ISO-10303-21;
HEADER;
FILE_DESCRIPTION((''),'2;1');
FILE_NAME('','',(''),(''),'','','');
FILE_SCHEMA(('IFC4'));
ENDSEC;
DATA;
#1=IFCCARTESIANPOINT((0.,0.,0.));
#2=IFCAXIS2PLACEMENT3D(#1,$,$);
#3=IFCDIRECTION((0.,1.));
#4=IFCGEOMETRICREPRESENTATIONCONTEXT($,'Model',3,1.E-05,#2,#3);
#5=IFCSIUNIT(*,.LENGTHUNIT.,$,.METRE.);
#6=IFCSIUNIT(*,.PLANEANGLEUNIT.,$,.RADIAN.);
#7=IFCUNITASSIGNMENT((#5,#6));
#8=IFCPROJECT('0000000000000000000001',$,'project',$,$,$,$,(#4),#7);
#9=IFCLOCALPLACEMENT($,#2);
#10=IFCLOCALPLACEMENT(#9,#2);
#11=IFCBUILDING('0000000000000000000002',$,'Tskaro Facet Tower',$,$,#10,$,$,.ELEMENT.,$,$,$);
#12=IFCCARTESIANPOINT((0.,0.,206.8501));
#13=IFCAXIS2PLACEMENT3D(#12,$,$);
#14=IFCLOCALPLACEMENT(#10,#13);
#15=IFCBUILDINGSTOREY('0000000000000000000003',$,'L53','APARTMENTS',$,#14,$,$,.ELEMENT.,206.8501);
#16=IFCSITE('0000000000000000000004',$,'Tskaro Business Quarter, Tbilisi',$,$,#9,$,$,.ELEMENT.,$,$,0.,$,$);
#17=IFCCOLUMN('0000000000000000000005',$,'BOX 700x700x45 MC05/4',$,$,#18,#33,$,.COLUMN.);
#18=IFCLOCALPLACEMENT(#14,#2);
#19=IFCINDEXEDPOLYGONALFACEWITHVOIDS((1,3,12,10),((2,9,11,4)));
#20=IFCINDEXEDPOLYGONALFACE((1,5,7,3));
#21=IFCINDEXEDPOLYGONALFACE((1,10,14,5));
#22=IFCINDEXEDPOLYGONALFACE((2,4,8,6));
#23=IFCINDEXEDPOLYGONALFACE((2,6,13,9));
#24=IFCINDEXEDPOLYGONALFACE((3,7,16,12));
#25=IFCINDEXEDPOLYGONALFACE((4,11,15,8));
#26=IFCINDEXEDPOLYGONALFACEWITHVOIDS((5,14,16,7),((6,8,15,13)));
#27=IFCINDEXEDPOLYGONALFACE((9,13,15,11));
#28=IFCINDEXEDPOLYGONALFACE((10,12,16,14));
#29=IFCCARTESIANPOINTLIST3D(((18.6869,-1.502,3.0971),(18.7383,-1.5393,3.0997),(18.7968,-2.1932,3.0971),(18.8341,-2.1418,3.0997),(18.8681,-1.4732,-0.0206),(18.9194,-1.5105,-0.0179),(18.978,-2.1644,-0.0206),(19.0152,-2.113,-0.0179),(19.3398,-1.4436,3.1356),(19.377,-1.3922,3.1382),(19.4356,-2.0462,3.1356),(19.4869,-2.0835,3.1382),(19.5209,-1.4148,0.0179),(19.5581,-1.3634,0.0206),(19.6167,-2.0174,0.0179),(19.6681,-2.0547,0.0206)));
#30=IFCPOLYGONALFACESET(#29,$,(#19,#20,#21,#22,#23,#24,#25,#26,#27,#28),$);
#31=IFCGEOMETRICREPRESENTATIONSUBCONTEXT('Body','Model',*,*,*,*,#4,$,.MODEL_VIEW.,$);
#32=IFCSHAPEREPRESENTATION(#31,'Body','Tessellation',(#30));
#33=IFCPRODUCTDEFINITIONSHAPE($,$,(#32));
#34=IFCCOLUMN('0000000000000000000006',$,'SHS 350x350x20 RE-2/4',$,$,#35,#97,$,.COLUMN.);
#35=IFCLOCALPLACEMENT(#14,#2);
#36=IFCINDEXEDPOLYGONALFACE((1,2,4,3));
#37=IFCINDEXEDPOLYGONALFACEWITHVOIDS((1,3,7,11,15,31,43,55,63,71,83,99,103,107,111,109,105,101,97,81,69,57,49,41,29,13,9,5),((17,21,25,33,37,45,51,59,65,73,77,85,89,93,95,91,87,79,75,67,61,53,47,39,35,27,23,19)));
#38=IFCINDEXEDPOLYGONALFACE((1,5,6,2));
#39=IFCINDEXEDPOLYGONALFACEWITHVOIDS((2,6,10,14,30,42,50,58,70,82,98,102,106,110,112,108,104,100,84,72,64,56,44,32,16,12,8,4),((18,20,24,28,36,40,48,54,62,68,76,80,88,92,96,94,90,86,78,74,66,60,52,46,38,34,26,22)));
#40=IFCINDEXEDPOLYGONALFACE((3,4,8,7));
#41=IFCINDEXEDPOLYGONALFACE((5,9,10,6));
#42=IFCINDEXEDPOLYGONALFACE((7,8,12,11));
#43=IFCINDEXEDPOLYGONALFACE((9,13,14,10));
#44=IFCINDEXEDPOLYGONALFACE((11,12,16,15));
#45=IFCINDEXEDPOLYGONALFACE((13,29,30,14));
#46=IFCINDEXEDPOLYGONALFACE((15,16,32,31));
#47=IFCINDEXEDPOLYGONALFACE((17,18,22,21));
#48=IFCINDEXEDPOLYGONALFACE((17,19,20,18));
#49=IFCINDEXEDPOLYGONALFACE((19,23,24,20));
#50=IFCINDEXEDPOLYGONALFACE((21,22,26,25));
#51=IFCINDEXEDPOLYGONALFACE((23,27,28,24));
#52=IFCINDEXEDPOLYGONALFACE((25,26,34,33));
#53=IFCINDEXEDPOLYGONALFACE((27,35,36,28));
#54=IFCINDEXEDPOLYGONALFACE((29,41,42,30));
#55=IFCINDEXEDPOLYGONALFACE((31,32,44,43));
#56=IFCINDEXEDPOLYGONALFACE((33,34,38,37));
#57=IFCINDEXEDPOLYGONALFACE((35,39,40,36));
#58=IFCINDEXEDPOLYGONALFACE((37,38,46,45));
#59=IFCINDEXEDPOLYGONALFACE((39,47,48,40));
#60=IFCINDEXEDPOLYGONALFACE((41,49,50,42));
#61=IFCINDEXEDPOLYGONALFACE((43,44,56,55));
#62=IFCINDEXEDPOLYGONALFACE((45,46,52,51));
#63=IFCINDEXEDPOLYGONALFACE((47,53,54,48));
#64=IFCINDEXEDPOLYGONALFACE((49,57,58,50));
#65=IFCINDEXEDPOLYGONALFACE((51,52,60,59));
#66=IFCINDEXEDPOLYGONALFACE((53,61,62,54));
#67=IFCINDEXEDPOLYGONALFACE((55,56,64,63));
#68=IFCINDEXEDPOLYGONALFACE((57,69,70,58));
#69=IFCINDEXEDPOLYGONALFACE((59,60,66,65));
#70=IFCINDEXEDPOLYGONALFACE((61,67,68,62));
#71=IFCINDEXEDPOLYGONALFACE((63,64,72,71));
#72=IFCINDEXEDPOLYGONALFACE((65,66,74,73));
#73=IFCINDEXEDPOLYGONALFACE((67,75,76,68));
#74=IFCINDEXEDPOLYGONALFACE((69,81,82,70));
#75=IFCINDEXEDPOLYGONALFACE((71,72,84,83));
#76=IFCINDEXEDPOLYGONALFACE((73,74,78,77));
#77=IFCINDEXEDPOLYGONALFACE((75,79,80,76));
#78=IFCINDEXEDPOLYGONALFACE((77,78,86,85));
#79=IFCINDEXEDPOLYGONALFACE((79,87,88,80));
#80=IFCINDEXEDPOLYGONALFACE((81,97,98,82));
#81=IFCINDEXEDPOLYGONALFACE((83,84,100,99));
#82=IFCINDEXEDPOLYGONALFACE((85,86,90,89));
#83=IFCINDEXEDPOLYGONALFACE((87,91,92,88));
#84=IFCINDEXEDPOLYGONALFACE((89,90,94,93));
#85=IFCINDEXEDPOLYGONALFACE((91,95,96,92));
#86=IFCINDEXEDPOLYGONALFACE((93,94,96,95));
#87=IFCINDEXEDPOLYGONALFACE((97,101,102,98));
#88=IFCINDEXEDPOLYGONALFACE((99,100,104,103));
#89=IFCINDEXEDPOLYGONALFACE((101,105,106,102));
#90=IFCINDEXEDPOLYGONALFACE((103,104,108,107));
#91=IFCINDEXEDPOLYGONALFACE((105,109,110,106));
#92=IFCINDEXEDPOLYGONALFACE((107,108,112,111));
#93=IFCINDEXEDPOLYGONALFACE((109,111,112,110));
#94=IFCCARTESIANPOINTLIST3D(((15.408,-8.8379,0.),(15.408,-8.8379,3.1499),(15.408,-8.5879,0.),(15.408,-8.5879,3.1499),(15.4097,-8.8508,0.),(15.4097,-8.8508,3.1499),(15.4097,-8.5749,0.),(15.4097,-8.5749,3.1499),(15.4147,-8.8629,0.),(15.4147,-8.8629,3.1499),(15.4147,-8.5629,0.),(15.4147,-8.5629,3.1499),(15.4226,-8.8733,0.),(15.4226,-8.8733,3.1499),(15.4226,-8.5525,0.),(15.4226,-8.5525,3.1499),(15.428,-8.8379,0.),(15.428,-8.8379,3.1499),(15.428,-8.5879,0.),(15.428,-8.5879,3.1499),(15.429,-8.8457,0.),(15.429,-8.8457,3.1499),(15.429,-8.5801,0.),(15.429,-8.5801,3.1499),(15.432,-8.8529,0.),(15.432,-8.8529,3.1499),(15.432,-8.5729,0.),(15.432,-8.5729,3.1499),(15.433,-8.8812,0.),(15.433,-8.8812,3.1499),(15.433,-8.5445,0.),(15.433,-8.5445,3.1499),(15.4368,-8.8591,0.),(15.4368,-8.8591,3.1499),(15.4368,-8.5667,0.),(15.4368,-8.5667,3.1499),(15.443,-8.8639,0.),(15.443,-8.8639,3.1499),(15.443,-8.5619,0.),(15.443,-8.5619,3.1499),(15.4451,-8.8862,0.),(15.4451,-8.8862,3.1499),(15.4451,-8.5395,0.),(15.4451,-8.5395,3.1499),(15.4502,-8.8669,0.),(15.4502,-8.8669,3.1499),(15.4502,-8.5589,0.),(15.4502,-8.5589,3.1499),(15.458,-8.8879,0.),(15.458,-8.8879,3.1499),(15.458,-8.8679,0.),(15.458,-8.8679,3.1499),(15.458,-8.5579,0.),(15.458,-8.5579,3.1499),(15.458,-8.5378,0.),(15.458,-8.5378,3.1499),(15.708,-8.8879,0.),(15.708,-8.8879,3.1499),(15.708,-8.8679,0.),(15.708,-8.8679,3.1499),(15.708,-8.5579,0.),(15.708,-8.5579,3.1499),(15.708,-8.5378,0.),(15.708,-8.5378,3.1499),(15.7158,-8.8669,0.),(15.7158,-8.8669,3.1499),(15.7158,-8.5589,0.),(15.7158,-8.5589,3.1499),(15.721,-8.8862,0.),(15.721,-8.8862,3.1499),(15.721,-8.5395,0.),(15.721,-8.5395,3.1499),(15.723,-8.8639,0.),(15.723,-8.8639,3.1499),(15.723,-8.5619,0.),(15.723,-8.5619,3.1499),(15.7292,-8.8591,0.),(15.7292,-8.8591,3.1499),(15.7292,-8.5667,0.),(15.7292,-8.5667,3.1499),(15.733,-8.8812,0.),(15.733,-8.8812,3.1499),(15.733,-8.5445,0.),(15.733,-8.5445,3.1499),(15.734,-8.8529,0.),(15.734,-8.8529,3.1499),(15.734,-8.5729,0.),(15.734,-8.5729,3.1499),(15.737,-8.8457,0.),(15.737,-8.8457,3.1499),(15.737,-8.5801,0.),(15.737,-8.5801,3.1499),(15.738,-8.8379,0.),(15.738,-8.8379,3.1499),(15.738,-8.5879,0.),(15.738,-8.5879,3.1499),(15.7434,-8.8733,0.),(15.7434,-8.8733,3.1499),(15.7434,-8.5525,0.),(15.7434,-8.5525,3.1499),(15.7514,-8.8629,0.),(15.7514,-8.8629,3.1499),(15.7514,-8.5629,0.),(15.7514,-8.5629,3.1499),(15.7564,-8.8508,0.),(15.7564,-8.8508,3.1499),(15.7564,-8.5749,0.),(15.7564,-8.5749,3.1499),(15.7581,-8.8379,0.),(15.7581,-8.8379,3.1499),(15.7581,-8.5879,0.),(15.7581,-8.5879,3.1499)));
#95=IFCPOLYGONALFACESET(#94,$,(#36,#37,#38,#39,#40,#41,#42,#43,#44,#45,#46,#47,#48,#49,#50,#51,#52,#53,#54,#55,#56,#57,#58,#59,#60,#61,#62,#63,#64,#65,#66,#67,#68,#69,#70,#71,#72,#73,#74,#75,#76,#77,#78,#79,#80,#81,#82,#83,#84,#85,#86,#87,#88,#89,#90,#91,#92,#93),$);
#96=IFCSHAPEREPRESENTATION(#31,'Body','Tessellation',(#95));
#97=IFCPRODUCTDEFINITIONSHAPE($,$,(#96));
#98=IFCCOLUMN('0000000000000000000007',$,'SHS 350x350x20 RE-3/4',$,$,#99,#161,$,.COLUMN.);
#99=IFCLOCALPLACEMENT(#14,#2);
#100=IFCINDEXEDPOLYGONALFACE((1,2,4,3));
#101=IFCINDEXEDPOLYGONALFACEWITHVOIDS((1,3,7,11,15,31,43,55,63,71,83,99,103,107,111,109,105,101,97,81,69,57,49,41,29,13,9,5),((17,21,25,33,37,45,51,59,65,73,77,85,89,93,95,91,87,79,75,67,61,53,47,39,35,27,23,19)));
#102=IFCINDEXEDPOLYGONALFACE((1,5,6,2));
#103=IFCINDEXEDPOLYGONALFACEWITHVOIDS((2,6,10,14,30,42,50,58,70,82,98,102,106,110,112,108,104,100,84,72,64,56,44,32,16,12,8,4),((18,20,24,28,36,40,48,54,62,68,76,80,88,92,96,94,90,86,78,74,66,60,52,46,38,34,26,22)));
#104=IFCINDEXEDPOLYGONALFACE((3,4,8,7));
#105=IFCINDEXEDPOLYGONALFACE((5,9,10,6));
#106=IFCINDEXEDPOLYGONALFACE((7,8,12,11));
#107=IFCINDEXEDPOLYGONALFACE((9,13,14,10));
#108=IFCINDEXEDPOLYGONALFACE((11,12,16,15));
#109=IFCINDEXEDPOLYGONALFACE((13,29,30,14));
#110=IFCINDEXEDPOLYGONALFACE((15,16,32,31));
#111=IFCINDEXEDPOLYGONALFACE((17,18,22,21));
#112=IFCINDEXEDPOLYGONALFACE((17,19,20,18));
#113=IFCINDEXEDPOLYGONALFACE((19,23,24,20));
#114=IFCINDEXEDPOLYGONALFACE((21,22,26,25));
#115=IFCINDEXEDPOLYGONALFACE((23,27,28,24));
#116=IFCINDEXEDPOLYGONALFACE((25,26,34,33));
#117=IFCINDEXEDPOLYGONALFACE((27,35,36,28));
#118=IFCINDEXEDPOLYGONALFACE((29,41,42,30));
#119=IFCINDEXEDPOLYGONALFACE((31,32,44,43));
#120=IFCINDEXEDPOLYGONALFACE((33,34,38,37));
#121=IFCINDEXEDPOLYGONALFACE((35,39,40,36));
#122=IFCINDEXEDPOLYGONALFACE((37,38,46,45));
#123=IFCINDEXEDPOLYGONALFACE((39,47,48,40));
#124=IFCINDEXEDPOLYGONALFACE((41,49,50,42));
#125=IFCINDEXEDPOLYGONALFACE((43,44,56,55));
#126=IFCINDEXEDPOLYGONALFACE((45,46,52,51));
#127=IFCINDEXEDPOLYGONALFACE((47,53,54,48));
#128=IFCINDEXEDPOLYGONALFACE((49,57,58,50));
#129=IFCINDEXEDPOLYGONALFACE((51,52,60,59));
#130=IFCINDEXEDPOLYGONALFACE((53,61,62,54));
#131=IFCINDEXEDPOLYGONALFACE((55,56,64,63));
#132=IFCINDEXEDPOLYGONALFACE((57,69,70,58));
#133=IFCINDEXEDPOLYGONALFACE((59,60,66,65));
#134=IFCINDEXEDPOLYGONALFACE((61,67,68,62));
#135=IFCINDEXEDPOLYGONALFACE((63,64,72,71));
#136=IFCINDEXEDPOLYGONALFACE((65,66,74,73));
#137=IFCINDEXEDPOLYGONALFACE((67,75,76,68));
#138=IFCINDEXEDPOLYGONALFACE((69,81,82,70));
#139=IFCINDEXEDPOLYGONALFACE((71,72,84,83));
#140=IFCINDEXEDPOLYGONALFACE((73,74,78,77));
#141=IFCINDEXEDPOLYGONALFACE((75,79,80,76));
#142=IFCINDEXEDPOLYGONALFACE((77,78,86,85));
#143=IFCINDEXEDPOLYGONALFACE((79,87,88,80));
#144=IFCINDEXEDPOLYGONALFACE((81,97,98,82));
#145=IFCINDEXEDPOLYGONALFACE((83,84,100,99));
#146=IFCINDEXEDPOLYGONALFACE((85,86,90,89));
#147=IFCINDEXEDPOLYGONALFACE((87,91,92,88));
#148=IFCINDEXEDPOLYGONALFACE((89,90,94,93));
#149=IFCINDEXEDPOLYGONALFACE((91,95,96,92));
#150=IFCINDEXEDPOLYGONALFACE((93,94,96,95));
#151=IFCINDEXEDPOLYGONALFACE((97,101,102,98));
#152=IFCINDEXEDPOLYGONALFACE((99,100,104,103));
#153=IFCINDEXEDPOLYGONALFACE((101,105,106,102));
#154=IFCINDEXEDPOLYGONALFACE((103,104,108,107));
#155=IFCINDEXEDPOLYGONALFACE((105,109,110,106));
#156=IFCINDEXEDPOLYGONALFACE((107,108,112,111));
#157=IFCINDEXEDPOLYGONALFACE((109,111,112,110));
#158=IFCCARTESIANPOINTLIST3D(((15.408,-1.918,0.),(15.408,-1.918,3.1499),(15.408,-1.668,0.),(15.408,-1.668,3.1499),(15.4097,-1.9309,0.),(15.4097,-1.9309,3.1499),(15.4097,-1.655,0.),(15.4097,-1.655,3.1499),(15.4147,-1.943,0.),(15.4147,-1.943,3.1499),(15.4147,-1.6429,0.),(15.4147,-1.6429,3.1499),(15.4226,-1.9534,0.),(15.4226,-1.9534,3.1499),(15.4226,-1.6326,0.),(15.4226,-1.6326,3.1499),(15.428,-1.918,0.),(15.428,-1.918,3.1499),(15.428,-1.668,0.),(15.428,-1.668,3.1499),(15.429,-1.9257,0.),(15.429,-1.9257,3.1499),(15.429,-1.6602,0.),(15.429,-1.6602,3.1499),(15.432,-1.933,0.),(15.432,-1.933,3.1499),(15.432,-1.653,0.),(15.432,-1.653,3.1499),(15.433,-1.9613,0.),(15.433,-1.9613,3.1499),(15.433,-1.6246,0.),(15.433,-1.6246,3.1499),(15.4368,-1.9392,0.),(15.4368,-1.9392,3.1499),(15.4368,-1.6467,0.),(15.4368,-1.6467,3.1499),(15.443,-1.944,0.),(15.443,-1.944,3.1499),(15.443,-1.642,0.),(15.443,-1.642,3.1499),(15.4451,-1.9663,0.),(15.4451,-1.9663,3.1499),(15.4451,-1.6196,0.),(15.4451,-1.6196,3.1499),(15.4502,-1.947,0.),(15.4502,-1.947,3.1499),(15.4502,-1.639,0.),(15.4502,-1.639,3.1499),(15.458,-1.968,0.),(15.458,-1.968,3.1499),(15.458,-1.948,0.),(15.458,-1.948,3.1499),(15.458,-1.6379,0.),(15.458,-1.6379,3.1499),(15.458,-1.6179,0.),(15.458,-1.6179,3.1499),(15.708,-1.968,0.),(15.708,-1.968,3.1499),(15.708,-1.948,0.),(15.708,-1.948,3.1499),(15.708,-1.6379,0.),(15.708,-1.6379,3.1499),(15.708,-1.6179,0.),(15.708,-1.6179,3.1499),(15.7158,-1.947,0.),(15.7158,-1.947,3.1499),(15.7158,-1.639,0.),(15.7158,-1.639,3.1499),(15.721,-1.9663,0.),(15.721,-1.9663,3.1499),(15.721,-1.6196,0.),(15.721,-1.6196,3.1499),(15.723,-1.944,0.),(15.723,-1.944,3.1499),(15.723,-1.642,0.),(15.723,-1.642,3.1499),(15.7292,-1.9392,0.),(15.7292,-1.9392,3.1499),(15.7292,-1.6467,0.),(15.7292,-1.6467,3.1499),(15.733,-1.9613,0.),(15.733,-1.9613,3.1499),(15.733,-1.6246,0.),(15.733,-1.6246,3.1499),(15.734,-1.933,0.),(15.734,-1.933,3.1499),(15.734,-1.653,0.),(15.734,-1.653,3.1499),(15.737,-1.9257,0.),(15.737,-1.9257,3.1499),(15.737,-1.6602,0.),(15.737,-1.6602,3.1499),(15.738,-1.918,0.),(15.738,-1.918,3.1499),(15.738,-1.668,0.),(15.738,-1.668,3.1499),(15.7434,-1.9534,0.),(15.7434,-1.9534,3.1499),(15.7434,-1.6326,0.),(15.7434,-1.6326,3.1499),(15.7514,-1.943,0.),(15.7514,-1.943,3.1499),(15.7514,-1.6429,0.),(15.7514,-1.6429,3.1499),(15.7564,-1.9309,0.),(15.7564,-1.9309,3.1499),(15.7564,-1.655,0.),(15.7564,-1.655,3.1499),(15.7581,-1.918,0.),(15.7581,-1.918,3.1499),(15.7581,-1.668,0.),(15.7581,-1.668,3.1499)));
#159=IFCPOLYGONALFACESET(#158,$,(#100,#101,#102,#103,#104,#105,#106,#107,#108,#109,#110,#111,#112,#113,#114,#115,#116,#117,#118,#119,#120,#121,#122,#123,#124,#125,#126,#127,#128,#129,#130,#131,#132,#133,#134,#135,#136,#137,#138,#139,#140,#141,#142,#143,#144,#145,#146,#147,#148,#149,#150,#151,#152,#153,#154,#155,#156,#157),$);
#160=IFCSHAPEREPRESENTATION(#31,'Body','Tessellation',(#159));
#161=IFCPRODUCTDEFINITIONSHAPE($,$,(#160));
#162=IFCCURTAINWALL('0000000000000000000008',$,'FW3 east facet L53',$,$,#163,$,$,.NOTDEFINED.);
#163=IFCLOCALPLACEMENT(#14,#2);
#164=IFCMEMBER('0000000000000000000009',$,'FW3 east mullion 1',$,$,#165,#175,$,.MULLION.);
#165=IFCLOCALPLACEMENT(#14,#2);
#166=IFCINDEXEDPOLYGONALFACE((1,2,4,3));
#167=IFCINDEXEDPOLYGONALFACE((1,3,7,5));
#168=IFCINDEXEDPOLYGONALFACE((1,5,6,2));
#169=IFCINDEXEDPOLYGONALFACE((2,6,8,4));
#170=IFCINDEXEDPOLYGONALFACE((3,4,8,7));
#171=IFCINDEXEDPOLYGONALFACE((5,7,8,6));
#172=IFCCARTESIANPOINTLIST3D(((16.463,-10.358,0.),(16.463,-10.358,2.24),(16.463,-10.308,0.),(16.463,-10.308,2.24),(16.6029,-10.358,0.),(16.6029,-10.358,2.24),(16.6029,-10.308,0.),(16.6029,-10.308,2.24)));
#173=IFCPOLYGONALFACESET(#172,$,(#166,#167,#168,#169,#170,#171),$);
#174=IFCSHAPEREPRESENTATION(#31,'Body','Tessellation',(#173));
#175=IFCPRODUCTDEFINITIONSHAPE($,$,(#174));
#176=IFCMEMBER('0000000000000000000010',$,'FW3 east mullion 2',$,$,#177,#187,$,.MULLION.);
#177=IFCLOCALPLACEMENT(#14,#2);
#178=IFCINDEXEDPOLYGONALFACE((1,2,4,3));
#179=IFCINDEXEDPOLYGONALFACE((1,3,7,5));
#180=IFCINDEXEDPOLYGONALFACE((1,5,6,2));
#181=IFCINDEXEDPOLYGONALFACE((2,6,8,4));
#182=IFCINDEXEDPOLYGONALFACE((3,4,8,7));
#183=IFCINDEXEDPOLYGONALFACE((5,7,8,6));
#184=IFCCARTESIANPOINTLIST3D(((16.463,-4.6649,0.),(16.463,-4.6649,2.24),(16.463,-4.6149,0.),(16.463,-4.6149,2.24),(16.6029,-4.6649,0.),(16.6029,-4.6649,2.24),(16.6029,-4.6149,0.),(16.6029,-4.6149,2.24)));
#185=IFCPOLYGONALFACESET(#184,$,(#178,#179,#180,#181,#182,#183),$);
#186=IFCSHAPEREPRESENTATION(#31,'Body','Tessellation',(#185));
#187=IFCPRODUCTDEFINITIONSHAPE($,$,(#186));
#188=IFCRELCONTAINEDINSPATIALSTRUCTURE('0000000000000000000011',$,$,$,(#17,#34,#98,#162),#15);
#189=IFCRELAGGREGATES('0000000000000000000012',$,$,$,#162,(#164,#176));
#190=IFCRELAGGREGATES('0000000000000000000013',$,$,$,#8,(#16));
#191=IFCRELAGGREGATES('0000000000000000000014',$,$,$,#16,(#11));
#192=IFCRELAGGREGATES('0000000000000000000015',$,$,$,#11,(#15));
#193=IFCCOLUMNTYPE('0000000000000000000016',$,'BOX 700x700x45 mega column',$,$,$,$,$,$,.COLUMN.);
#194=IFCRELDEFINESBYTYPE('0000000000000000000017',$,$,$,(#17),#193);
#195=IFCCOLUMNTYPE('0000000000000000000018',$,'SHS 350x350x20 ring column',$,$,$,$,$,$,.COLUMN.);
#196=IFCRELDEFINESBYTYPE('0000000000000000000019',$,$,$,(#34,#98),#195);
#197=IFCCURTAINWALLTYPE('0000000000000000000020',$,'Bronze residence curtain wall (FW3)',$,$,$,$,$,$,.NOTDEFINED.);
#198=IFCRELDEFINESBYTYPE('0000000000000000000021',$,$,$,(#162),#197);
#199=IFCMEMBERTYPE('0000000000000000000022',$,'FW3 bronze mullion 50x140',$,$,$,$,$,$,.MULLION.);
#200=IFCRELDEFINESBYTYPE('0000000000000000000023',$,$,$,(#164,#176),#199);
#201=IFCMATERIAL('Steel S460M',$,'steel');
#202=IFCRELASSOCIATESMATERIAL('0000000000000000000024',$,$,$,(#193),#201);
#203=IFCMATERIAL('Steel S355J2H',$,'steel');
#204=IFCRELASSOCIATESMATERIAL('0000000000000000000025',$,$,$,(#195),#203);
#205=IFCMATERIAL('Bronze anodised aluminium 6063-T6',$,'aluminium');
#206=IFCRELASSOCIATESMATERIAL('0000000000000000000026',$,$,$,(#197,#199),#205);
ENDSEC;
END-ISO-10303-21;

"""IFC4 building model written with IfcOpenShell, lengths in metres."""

from ifc_helpers import new_model, si_unit, direction, frame, origin, origin_2d, place, context, subcontext, project, spatial, rectangle, hollow_rectangle, extrude, material, material_profile, profile_set, type_object, element, aggregate, save


model = new_model("IFC4")

# Units and contexts
model_context = context("Model", 3, precision=1e-05, world=origin(), true_north=direction((0.0, 1.0)))
body_context = subcontext(model_context, "Body", "Model", "MODEL_VIEW")
ifc_project = project(units=[si_unit("LENGTHUNIT", "METRE"), si_unit("PLANEANGLEUNIT", "RADIAN")], contexts=[model_context])

# Site, building, storey
site_placement = place(None, origin())
site = spatial("IfcSite", under=ifc_project, at=site_placement, Name="Tskaro Business Quarter, Tbilisi", CompositionType="ELEMENT", RefElevation=0.0)
building_placement = place(site_placement, origin())
building = spatial("IfcBuilding", under=site, at=building_placement, Name="Tskaro Facet Tower", CompositionType="ELEMENT")
storey_placement = place(building_placement, frame((0.0, 0.0, 206.8501)))
storey = spatial("IfcBuildingStorey", under=building, at=storey_placement, Name="L53", Description="APARTMENTS", CompositionType="ELEMENT", Elevation=206.8501)

# Columns
ifc_material_1 = material(Name="Steel S460M", Category="steel")
ifc_material_profile_1 = material_profile(ifc_material_1, hollow_rectangle(XDim=0.7, YDim=0.7, WallThickness=0.0449, at=origin_2d()), Name="BOX 700x700x45")
ifc_profile_set_1 = profile_set([ifc_material_profile_1], Name="Steel S460M")
column_type_1 = type_object("IfcColumnType", Name="BOX 700x700x45 mega column", PredefinedType="COLUMN", material=ifc_profile_set_1)
column_placement = place(storey_placement, frame((19.2681, -1.7639, 0.0), z_axis=(-0.058005, -0.009224, 0.998274), x_axis=(0.157056, -0.98759, 0.0)))
element("IfcColumn", 1, at=column_placement, inside=storey, type_object=column_type_1, Name="BOX 700x700x45 MC05/4", PredefinedType="COLUMN", context=body_context, shape_type="SweptSolid", body=[
    extrude(hollow_rectangle(XDim=0.7, YDim=0.7, WallThickness=0.0449, at=origin_2d()), origin(), (0.0, 0.0, 1.0), 3.123),
])
ifc_material_2 = material(Name="Steel S355J2H", Category="steel")
ifc_material_profile_2 = material_profile(ifc_material_2, hollow_rectangle(XDim=0.3501, YDim=0.3501, WallThickness=0.02, InnerFilletRadius=0.03, OuterFilletRadius=0.05, at=origin_2d()), Name="SHS 350x350x20")
ifc_profile_set_2 = profile_set([ifc_material_profile_2], Name="Steel S355J2H")
column_type_2 = type_object("IfcColumnType", Name="SHS 350x350x20 ring column", PredefinedType="COLUMN", material=ifc_profile_set_2)
for number, where, z_axis, x_axis, name in (
    (2, (15.583, -8.7129, 0.0), (0.0, 0.0, 1.0), (1.0, 0.0, 0.0), "SHS 350x350x20 RE-2/4"),
    (3, (15.583, -1.793, 0.0), (0.0, 0.0, 1.0), (1.0, 0.0, 0.0), "SHS 350x350x20 RE-3/4"),
):
    element("IfcColumn", number, at=place(storey_placement, frame(where, z_axis=z_axis, x_axis=x_axis)), inside=storey, type_object=column_type_2, Name=name, PredefinedType="COLUMN", context=body_context, shape_type="SweptSolid", body=[
        extrude(hollow_rectangle(XDim=0.3501, YDim=0.3501, WallThickness=0.02, InnerFilletRadius=0.03, OuterFilletRadius=0.05, at=origin_2d()), origin(), (0.0, 0.0, 1.0), 3.1499),
    ])

# Curtain wall, members
ifc_material_3 = material(Name="Bronze anodised aluminium 6063-T6", Category="aluminium")
curtain_wall_type = type_object("IfcCurtainWallType", Name="Bronze residence curtain wall (FW3)", PredefinedType="NOTDEFINED", material=ifc_material_3)
curtain_wall_placement = place(storey_placement, origin())
curtain_wall = element("IfcCurtainWall", 4, at=curtain_wall_placement, inside=storey, type_object=curtain_wall_type, Name="FW3 east facet L53", PredefinedType="NOTDEFINED")
ifc_material_profile_3 = material_profile(ifc_material_3, rectangle(XDim=0.05, YDim=0.1399, at=origin_2d()), Name="Mullion 50x140")
ifc_profile_set_3 = profile_set([ifc_material_profile_3], Name="Bronze anodised aluminium 6063-T6")
member_type_1 = type_object("IfcMemberType", Name="FW3 bronze mullion 50x140", PredefinedType="MULLION", material=ifc_profile_set_3)
member_1_placement = place(storey_placement, frame((16.533, -10.333, 0.0), z_axis=(0.0, 0.0, 1.0), x_axis=(0.0, 1.0, 0.0)))
member_1 = element("IfcMember", 5, at=member_1_placement, type_object=member_type_1, Name="FW3 east mullion 1", PredefinedType="MULLION", context=body_context, shape_type="SweptSolid", body=[
    extrude(rectangle(XDim=0.05, YDim=0.1399, at=origin_2d()), origin(), (0.0, 0.0, 1.0), 2.24),
])
member_2_placement = place(storey_placement, frame((16.533, -4.6399, 0.0), z_axis=(0.0, 0.0, 1.0), x_axis=(0.0, 1.0, 0.0)))
member_2 = element("IfcMember", 6, at=member_2_placement, type_object=member_type_1, Name="FW3 east mullion 2", PredefinedType="MULLION", context=body_context, shape_type="SweptSolid", body=[
    extrude(rectangle(XDim=0.05, YDim=0.1399, at=origin_2d()), origin(), (0.0, 0.0, 1.0), 2.24),
])

aggregate(curtain_wall, [member_1, member_2])

save(model, "model.ifc")
